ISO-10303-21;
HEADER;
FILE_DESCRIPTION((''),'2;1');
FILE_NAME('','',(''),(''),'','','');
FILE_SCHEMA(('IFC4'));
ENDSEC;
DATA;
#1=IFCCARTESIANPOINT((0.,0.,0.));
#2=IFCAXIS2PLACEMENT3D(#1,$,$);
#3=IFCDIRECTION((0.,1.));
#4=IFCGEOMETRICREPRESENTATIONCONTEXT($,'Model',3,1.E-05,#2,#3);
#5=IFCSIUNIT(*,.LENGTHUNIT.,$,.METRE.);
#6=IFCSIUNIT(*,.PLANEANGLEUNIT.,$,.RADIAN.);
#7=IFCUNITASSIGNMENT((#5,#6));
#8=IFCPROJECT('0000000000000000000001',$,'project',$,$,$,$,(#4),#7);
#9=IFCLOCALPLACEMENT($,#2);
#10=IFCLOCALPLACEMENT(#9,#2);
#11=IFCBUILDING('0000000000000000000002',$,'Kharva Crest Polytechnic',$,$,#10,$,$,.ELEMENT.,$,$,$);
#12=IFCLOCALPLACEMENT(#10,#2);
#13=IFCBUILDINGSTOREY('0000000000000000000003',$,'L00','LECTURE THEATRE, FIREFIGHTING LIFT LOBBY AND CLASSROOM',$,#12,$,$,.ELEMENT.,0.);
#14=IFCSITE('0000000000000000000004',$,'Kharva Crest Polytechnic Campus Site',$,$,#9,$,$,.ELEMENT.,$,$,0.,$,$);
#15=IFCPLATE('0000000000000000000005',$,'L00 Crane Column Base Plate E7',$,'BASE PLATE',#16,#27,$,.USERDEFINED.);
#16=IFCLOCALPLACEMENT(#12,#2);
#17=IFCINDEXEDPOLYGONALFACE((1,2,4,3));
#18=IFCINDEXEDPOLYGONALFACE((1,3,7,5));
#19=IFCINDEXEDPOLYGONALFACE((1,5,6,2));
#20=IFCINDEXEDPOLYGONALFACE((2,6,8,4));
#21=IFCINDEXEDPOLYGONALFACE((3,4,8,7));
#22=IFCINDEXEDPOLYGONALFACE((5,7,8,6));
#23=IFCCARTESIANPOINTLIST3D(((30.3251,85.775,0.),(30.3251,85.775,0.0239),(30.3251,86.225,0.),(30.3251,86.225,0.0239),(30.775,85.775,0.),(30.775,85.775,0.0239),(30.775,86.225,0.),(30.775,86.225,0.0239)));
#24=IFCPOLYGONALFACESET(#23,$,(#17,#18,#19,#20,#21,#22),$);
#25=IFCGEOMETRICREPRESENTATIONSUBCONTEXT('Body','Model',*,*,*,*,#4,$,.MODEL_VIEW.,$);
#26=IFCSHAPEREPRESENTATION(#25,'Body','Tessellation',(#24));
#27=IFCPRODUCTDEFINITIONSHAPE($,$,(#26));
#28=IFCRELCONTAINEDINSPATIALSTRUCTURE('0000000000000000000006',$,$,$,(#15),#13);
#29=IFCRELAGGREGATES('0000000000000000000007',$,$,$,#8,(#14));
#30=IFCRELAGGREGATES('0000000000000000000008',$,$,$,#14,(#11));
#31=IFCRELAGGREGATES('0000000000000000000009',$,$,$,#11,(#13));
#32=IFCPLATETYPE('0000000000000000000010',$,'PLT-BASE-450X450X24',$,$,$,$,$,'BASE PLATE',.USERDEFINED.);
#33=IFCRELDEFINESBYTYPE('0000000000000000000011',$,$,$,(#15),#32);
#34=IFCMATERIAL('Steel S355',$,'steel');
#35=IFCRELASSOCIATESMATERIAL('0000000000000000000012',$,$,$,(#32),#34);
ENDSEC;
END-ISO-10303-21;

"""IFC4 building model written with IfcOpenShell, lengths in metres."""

from ifc_helpers import new_model, si_unit, direction, frame, origin, origin_2d, place, context, subcontext, project, spatial, rectangle, extrude, material, type_object, element, save


model = new_model("IFC4")

# Units and contexts
model_context = context("Model", 3, precision=1e-05, world=origin(), true_north=direction((0.0, 1.0)))
body_context = subcontext(model_context, "Body", "Model", "MODEL_VIEW")
ifc_project = project(units=[si_unit("LENGTHUNIT", "METRE"), si_unit("PLANEANGLEUNIT", "RADIAN")], contexts=[model_context])

# Site, building, storey
site_placement = place(None, origin())
site = spatial("IfcSite", under=ifc_project, at=site_placement, Name="Kharva Crest Polytechnic Campus Site", CompositionType="ELEMENT", RefElevation=0.0)
building_placement = place(site_placement, origin())
building = spatial("IfcBuilding", under=site, at=building_placement, Name="Kharva Crest Polytechnic", CompositionType="ELEMENT")
storey_placement = place(building_placement, origin())
storey = spatial("IfcBuildingStorey", under=building, at=storey_placement, Name="L00", Description="LECTURE THEATRE, FIREFIGHTING LIFT LOBBY AND CLASSROOM", CompositionType="ELEMENT", Elevation=0.0)

# Shared definitions
ifc_material_1 = material(Name="Steel S355", Category="steel")

# Plate
plate_type_1 = type_object("IfcPlateType", Name="PLT-BASE-450X450X24", ElementType="BASE PLATE", PredefinedType="USERDEFINED", material=ifc_material_1)
plate_1_placement = place(storey_placement, frame((30.55, 86.0, 0.0), z_axis=(0.0, 0.0, 1.0), x_axis=(1.0, 0.0, 0.0)))
element("IfcPlate", 1, at=plate_1_placement, inside=storey, type_object=plate_type_1, Name="L00 Crane Column Base Plate E7", ObjectType="BASE PLATE", PredefinedType="USERDEFINED", context=body_context, shape_type="SweptSolid", body=[
    extrude(rectangle(XDim=0.45, YDim=0.45, at=origin_2d()), origin(), (0.0, 0.0, 1.0), 0.0239),
])

save(model, "model.ifc")
